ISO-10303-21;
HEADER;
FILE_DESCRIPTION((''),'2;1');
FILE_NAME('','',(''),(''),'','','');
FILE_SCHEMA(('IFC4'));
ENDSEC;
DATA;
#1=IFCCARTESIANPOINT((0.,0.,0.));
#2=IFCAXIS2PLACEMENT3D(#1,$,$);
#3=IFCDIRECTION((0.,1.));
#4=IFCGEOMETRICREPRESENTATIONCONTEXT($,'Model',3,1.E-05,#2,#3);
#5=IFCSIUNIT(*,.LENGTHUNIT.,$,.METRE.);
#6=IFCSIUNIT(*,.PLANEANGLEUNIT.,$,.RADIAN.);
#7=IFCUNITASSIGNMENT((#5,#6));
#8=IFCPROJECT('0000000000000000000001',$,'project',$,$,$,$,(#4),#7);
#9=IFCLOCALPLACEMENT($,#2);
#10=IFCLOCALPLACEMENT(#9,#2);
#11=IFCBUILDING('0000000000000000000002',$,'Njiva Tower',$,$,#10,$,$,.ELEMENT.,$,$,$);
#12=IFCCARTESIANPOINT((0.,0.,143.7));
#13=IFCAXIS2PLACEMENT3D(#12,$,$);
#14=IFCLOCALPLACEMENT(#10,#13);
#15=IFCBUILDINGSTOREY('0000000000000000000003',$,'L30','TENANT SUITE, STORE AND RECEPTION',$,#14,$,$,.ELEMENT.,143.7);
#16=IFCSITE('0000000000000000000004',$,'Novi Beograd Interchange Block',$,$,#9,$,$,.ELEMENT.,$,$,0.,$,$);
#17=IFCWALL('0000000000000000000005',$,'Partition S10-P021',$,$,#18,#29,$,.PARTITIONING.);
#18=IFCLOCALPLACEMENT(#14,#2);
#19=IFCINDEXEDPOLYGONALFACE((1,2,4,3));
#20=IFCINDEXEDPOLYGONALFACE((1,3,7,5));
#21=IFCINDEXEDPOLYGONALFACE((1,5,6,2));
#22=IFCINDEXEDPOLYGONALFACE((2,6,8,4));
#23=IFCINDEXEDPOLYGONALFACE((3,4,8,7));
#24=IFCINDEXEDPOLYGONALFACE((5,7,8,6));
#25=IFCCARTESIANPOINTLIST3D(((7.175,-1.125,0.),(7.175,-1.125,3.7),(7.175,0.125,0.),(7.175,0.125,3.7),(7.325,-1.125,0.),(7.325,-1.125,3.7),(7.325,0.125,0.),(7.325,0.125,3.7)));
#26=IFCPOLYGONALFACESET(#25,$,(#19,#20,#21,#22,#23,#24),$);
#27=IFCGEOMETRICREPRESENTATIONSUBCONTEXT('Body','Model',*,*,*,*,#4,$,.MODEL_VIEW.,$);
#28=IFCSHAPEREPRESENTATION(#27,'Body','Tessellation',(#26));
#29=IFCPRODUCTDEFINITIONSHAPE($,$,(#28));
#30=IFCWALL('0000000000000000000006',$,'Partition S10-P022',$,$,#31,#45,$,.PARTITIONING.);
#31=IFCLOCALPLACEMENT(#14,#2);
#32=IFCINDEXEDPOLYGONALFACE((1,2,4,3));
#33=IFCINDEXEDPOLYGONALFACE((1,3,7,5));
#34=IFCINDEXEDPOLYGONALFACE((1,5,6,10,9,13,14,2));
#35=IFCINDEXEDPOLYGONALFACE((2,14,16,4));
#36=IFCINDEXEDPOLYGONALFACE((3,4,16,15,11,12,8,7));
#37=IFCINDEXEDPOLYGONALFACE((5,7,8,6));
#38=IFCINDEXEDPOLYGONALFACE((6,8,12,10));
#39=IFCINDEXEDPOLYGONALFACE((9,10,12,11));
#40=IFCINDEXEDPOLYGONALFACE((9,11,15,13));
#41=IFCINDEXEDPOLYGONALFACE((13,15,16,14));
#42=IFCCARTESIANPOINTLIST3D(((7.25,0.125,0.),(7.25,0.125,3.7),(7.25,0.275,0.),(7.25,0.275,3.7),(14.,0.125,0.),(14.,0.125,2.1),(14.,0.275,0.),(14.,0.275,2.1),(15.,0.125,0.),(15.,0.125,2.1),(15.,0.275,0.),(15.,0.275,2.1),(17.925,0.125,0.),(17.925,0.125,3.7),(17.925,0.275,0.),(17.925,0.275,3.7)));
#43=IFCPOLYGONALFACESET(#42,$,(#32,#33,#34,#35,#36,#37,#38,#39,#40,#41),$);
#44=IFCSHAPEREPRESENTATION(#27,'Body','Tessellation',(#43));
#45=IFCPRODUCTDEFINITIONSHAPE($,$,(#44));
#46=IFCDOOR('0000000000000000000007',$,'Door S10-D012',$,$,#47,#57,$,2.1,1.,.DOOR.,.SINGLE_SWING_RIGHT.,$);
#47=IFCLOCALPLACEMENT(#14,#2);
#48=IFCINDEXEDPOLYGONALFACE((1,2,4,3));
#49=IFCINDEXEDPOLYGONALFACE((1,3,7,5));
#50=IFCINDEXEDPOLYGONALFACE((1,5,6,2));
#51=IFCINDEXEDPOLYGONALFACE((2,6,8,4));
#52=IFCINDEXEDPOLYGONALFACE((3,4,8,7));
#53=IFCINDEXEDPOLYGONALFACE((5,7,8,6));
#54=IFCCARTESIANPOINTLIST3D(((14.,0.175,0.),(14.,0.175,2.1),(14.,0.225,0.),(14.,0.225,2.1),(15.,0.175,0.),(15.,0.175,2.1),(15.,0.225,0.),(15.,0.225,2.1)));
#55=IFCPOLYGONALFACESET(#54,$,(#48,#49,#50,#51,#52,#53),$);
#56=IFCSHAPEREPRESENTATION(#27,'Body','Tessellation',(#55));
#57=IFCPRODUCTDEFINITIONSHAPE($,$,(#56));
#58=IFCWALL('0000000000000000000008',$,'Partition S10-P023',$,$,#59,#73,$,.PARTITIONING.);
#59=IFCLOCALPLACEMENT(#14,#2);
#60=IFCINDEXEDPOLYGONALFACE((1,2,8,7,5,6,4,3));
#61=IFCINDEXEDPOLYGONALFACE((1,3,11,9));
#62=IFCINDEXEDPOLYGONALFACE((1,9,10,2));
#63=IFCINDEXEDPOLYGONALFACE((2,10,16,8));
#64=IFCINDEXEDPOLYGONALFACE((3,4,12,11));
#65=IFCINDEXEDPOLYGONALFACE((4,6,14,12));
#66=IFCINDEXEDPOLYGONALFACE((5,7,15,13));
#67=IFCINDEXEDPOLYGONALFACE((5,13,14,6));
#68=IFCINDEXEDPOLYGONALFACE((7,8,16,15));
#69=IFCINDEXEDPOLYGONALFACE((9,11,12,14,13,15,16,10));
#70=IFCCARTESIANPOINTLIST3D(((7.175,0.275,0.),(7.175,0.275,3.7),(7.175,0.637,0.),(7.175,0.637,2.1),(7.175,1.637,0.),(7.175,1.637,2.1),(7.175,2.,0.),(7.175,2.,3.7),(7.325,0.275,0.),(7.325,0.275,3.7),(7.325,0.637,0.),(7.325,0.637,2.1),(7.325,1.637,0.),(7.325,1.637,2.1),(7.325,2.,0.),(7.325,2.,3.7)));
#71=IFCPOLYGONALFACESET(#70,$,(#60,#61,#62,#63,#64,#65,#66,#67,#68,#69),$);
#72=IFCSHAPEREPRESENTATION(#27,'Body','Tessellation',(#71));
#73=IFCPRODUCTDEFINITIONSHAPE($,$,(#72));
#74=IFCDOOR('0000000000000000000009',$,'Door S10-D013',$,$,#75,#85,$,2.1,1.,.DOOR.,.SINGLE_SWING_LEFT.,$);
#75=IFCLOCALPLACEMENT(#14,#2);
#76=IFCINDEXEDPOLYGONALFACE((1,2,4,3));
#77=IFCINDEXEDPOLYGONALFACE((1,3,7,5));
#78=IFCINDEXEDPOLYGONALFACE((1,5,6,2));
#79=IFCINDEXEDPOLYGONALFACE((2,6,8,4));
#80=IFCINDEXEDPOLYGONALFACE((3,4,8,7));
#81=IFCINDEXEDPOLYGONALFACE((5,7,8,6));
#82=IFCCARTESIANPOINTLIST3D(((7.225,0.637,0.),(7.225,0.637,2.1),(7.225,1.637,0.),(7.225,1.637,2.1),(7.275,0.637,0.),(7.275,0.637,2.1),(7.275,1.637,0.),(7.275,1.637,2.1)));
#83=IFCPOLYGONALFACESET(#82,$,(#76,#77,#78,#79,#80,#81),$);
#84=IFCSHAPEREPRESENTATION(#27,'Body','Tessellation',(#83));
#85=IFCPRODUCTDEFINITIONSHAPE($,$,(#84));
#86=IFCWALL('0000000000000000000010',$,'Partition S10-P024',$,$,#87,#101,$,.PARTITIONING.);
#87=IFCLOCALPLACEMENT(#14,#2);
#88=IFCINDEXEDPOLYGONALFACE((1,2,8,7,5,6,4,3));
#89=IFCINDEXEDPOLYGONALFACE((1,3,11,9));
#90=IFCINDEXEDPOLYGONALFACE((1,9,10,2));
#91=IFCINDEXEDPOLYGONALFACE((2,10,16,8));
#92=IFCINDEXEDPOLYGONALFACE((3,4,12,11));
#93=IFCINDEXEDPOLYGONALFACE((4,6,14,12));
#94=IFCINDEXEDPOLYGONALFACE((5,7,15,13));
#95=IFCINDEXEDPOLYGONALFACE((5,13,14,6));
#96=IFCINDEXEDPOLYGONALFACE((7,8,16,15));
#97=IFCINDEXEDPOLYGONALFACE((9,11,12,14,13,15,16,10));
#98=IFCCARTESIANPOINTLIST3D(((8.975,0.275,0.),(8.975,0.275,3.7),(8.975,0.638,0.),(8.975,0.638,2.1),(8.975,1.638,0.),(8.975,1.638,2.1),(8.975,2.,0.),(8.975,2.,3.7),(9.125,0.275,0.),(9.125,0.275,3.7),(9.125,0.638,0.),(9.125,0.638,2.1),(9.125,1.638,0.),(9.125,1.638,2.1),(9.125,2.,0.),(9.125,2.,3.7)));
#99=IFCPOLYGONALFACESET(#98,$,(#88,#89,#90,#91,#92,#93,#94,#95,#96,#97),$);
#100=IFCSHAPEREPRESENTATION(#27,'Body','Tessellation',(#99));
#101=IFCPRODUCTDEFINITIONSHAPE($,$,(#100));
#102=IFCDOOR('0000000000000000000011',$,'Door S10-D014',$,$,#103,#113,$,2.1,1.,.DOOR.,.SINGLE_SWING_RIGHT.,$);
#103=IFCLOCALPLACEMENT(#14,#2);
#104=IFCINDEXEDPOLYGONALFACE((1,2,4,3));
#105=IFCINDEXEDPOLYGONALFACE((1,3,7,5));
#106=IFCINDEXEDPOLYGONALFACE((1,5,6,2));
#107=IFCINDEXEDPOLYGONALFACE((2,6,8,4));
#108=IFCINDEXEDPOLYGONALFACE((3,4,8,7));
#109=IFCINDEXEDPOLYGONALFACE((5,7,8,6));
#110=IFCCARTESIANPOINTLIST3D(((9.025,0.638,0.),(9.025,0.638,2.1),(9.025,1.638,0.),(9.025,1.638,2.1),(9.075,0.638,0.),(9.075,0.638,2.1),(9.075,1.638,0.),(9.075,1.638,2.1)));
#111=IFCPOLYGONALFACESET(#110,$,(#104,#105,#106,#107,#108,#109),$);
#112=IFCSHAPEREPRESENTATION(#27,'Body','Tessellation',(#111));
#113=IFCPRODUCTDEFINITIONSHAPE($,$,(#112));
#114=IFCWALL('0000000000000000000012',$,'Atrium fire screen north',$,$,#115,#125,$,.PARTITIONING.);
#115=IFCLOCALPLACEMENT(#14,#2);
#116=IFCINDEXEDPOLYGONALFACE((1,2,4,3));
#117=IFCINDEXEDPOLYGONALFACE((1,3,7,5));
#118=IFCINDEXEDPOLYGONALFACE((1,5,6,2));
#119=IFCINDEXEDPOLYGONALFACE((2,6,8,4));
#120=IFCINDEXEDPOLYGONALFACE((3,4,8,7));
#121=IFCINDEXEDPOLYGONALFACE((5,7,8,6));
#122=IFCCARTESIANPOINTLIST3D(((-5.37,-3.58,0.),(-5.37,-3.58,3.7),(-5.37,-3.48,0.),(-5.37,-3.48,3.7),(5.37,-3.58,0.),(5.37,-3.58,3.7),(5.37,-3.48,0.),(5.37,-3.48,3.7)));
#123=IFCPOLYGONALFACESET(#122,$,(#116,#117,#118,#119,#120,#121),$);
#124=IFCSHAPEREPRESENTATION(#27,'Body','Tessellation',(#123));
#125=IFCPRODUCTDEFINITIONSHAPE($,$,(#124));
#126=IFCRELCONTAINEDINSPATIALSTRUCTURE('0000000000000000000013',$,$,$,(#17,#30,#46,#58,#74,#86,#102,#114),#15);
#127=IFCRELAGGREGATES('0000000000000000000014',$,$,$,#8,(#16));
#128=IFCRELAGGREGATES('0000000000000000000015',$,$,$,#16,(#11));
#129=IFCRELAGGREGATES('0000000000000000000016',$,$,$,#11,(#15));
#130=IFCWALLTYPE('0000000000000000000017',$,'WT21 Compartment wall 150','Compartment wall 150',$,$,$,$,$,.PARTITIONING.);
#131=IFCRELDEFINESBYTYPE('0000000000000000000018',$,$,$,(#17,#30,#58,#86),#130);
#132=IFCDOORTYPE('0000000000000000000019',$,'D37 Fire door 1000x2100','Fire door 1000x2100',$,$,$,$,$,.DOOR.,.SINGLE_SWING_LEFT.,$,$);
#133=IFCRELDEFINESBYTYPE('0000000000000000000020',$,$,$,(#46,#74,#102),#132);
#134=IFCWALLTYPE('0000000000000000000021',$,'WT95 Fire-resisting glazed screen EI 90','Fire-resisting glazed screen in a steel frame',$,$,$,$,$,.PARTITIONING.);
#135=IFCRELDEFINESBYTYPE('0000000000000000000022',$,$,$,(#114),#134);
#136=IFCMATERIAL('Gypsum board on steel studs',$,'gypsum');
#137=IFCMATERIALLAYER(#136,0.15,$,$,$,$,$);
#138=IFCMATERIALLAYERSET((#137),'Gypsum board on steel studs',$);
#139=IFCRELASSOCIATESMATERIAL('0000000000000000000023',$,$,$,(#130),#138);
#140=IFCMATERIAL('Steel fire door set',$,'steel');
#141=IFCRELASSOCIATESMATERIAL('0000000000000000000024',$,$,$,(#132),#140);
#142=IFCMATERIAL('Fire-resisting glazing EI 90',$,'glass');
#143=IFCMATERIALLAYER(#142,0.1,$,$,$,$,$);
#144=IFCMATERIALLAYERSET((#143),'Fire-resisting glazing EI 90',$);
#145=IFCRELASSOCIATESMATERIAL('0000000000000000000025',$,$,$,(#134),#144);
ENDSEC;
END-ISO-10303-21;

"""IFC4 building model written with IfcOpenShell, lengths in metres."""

from ifc_helpers import new_model, si_unit, direction, frame, frame_2d, origin, place, context, subcontext, project, spatial, rectangle, extrude, material, layer, layer_set, type_object, element, fill, save


model = new_model("IFC4")

# Units and contexts
model_context = context("Model", 3, precision=1e-05, world=origin(), true_north=direction((0.0, 1.0)))
body_context = subcontext(model_context, "Body", "Model", "MODEL_VIEW")
ifc_project = project(units=[si_unit("LENGTHUNIT", "METRE"), si_unit("PLANEANGLEUNIT", "RADIAN")], contexts=[model_context])

# Site, building, storey
site_placement = place(None, origin())
site = spatial("IfcSite", under=ifc_project, at=site_placement, Name="Novi Beograd Interchange Block", CompositionType="ELEMENT", RefElevation=0.0)
building_placement = place(site_placement, origin())
building = spatial("IfcBuilding", under=site, at=building_placement, Name="Njiva Tower", CompositionType="ELEMENT")
storey_placement = place(building_placement, frame((0.0, 0.0, 143.7)))
storey = spatial("IfcBuildingStorey", under=building, at=storey_placement, Name="L30", Description="TENANT SUITE, STORE AND RECEPTION", CompositionType="ELEMENT", Elevation=143.7)

# Wall
ifc_material_1 = material(Name="Gypsum board on steel studs", Category="gypsum")
ifc_layer_1 = layer(ifc_material_1, 0.15)
ifc_layer_set_1 = layer_set([ifc_layer_1], Name="Gypsum board on steel studs")
wall_type_1 = type_object("IfcWallType", Name="WT21 Compartment wall 150", Description="Compartment wall 150", PredefinedType="PARTITIONING", material=ifc_layer_set_1)
wall_1_placement = place(storey_placement, frame((7.25, -1.125, 0.0), z_axis=(0.0, 0.0, 1.0), x_axis=(0.0, 1.0, 0.0)))
element("IfcWall", 1, at=wall_1_placement, inside=storey, type_object=wall_type_1, Name="Partition S10-P021", PredefinedType="PARTITIONING", context=body_context, shape_type="SweptSolid", body=[
    extrude(rectangle(XDim=1.25, YDim=0.15, at=frame_2d((0.625, 0.0))), origin(), (0.0, 0.0, 1.0), 3.7),
])

# Walls, openings, doors
wall_2_placement = place(storey_placement, frame((7.25, 0.2, 0.0), z_axis=(0.0, 0.0, 1.0), x_axis=(1.0, 0.0, 0.0)))
wall_2 = element("IfcWall", 2, at=wall_2_placement, inside=storey, type_object=wall_type_1, Name="Partition S10-P022", PredefinedType="PARTITIONING", context=body_context, shape_type="SweptSolid", body=[
    extrude(rectangle(XDim=10.675, YDim=0.15, at=frame_2d((5.3375, 0.0))), origin(), (0.0, 0.0, 1.0), 3.7),
])
opening_1_placement = place(wall_2_placement, frame((6.75, 0.0, 0.0)))
opening_1 = element("IfcOpeningElement", 3, at=opening_1_placement, cuts=wall_2, PredefinedType="OPENING", context=body_context, shape_type="SweptSolid", body=[
    extrude(rectangle(XDim=1.0, YDim=2.1, at=frame_2d((0.5, 1.05))), frame((0.0, 0.085, 0.0), z_axis=(0.0, -1.0, 0.0), x_axis=(1.0, 0.0, 0.0)), (0.0, 0.0, 1.0), 0.17),
])
ifc_material_2 = material(Name="Steel fire door set", Category="steel")
door_type = type_object("IfcDoorType", Name="D37 Fire door 1000x2100", Description="Fire door 1000x2100", OperationType="SINGLE_SWING_LEFT", PredefinedType="DOOR", material=ifc_material_2)
door_1_placement = place(opening_1_placement, origin())
door_1 = element("IfcDoor", 4, at=door_1_placement, inside=storey, type_object=door_type, Name="Door S10-D012", OperationType="SINGLE_SWING_RIGHT", OverallHeight=2.1, OverallWidth=1.0, PredefinedType="DOOR", context=body_context, shape_type="SweptSolid", body=[
    extrude(rectangle(XDim=1.0, YDim=2.1, at=frame_2d((0.5, 1.05))), frame((0.0, 0.025, 0.0), z_axis=(0.0, -1.0, 0.0), x_axis=(1.0, 0.0, 0.0)), (0.0, 0.0, 1.0), 0.05),
])
fill(opening_1, door_1)
wall_3_placement = place(storey_placement, frame((7.25, 0.275, 0.0), z_axis=(0.0, 0.0, 1.0), x_axis=(0.0, 1.0, 0.0)))
wall_3 = element("IfcWall", 5, at=wall_3_placement, inside=storey, type_object=wall_type_1, Name="Partition S10-P023", PredefinedType="PARTITIONING", context=body_context, shape_type="SweptSolid", body=[
    extrude(rectangle(XDim=1.725, YDim=0.15, at=frame_2d((0.8625, 0.0))), origin(), (0.0, 0.0, 1.0), 3.7),
])
opening_2_placement = place(wall_3_placement, frame((0.362, 0.0, 0.0)))
opening_2 = element("IfcOpeningElement", 6, at=opening_2_placement, cuts=wall_3, PredefinedType="OPENING", context=body_context, shape_type="SweptSolid", body=[
    extrude(rectangle(XDim=1.0, YDim=2.1, at=frame_2d((0.5, 1.05))), frame((0.0, 0.085, 0.0), z_axis=(0.0, -1.0, 0.0), x_axis=(1.0, 0.0, 0.0)), (0.0, 0.0, 1.0), 0.17),
])
door_2_placement = place(opening_2_placement, origin())
door_2 = element("IfcDoor", 7, at=door_2_placement, inside=storey, type_object=door_type, Name="Door S10-D013", OperationType="SINGLE_SWING_LEFT", OverallHeight=2.1, OverallWidth=1.0, PredefinedType="DOOR", context=body_context, shape_type="SweptSolid", body=[
    extrude(rectangle(XDim=1.0, YDim=2.1, at=frame_2d((0.5, 1.05))), frame((0.0, 0.025, 0.0), z_axis=(0.0, -1.0, 0.0), x_axis=(1.0, 0.0, 0.0)), (0.0, 0.0, 1.0), 0.05),
])
fill(opening_2, door_2)
wall_4_placement = place(storey_placement, frame((9.05, 0.275, 0.0), z_axis=(0.0, 0.0, 1.0), x_axis=(0.0, 1.0, 0.0)))
wall_4 = element("IfcWall", 8, at=wall_4_placement, inside=storey, type_object=wall_type_1, Name="Partition S10-P024", PredefinedType="PARTITIONING", context=body_context, shape_type="SweptSolid", body=[
    extrude(rectangle(XDim=1.725, YDim=0.15, at=frame_2d((0.8625, 0.0))), origin(), (0.0, 0.0, 1.0), 3.7),
])
opening_3_placement = place(wall_4_placement, frame((0.363, 0.0, 0.0)))
opening_3 = element("IfcOpeningElement", 9, at=opening_3_placement, cuts=wall_4, PredefinedType="OPENING", context=body_context, shape_type="SweptSolid", body=[
    extrude(rectangle(XDim=1.0, YDim=2.1, at=frame_2d((0.5, 1.05))), frame((0.0, 0.085, 0.0), z_axis=(0.0, -1.0, 0.0), x_axis=(1.0, 0.0, 0.0)), (0.0, 0.0, 1.0), 0.17),
])
door_3_placement = place(opening_3_placement, origin())
door_3 = element("IfcDoor", 10, at=door_3_placement, inside=storey, type_object=door_type, Name="Door S10-D014", OperationType="SINGLE_SWING_RIGHT", OverallHeight=2.1, OverallWidth=1.0, PredefinedType="DOOR", context=body_context, shape_type="SweptSolid", body=[
    extrude(rectangle(XDim=1.0, YDim=2.1, at=frame_2d((0.5, 1.05))), frame((0.0, 0.025, 0.0), z_axis=(0.0, -1.0, 0.0), x_axis=(1.0, 0.0, 0.0)), (0.0, 0.0, 1.0), 0.05),
])
fill(opening_3, door_3)

# Wall
ifc_material_3 = material(Name="Fire-resisting glazing EI 90", Category="glass")
ifc_layer_2 = layer(ifc_material_3, 0.1)
ifc_layer_set_2 = layer_set([ifc_layer_2], Name="Fire-resisting glazing EI 90")
wall_type_2 = type_object("IfcWallType", Name="WT95 Fire-resisting glazed screen EI 90", Description="Fire-resisting glazed screen in a steel frame", PredefinedType="PARTITIONING", material=ifc_layer_set_2)
wall_5_placement = place(storey_placement, frame((5.37, -3.53, 0.0), z_axis=(0.0, 0.0, 1.0), x_axis=(-1.0, 0.0, 0.0)))
element("IfcWall", 11, at=wall_5_placement, inside=storey, type_object=wall_type_2, Name="Atrium fire screen north", PredefinedType="PARTITIONING", context=body_context, shape_type="SweptSolid", body=[
    extrude(rectangle(XDim=10.74, YDim=0.1, at=frame_2d((5.37, 0.0))), origin(), (0.0, 0.0, 1.0), 3.7),
])

save(model, "model.ifc")
